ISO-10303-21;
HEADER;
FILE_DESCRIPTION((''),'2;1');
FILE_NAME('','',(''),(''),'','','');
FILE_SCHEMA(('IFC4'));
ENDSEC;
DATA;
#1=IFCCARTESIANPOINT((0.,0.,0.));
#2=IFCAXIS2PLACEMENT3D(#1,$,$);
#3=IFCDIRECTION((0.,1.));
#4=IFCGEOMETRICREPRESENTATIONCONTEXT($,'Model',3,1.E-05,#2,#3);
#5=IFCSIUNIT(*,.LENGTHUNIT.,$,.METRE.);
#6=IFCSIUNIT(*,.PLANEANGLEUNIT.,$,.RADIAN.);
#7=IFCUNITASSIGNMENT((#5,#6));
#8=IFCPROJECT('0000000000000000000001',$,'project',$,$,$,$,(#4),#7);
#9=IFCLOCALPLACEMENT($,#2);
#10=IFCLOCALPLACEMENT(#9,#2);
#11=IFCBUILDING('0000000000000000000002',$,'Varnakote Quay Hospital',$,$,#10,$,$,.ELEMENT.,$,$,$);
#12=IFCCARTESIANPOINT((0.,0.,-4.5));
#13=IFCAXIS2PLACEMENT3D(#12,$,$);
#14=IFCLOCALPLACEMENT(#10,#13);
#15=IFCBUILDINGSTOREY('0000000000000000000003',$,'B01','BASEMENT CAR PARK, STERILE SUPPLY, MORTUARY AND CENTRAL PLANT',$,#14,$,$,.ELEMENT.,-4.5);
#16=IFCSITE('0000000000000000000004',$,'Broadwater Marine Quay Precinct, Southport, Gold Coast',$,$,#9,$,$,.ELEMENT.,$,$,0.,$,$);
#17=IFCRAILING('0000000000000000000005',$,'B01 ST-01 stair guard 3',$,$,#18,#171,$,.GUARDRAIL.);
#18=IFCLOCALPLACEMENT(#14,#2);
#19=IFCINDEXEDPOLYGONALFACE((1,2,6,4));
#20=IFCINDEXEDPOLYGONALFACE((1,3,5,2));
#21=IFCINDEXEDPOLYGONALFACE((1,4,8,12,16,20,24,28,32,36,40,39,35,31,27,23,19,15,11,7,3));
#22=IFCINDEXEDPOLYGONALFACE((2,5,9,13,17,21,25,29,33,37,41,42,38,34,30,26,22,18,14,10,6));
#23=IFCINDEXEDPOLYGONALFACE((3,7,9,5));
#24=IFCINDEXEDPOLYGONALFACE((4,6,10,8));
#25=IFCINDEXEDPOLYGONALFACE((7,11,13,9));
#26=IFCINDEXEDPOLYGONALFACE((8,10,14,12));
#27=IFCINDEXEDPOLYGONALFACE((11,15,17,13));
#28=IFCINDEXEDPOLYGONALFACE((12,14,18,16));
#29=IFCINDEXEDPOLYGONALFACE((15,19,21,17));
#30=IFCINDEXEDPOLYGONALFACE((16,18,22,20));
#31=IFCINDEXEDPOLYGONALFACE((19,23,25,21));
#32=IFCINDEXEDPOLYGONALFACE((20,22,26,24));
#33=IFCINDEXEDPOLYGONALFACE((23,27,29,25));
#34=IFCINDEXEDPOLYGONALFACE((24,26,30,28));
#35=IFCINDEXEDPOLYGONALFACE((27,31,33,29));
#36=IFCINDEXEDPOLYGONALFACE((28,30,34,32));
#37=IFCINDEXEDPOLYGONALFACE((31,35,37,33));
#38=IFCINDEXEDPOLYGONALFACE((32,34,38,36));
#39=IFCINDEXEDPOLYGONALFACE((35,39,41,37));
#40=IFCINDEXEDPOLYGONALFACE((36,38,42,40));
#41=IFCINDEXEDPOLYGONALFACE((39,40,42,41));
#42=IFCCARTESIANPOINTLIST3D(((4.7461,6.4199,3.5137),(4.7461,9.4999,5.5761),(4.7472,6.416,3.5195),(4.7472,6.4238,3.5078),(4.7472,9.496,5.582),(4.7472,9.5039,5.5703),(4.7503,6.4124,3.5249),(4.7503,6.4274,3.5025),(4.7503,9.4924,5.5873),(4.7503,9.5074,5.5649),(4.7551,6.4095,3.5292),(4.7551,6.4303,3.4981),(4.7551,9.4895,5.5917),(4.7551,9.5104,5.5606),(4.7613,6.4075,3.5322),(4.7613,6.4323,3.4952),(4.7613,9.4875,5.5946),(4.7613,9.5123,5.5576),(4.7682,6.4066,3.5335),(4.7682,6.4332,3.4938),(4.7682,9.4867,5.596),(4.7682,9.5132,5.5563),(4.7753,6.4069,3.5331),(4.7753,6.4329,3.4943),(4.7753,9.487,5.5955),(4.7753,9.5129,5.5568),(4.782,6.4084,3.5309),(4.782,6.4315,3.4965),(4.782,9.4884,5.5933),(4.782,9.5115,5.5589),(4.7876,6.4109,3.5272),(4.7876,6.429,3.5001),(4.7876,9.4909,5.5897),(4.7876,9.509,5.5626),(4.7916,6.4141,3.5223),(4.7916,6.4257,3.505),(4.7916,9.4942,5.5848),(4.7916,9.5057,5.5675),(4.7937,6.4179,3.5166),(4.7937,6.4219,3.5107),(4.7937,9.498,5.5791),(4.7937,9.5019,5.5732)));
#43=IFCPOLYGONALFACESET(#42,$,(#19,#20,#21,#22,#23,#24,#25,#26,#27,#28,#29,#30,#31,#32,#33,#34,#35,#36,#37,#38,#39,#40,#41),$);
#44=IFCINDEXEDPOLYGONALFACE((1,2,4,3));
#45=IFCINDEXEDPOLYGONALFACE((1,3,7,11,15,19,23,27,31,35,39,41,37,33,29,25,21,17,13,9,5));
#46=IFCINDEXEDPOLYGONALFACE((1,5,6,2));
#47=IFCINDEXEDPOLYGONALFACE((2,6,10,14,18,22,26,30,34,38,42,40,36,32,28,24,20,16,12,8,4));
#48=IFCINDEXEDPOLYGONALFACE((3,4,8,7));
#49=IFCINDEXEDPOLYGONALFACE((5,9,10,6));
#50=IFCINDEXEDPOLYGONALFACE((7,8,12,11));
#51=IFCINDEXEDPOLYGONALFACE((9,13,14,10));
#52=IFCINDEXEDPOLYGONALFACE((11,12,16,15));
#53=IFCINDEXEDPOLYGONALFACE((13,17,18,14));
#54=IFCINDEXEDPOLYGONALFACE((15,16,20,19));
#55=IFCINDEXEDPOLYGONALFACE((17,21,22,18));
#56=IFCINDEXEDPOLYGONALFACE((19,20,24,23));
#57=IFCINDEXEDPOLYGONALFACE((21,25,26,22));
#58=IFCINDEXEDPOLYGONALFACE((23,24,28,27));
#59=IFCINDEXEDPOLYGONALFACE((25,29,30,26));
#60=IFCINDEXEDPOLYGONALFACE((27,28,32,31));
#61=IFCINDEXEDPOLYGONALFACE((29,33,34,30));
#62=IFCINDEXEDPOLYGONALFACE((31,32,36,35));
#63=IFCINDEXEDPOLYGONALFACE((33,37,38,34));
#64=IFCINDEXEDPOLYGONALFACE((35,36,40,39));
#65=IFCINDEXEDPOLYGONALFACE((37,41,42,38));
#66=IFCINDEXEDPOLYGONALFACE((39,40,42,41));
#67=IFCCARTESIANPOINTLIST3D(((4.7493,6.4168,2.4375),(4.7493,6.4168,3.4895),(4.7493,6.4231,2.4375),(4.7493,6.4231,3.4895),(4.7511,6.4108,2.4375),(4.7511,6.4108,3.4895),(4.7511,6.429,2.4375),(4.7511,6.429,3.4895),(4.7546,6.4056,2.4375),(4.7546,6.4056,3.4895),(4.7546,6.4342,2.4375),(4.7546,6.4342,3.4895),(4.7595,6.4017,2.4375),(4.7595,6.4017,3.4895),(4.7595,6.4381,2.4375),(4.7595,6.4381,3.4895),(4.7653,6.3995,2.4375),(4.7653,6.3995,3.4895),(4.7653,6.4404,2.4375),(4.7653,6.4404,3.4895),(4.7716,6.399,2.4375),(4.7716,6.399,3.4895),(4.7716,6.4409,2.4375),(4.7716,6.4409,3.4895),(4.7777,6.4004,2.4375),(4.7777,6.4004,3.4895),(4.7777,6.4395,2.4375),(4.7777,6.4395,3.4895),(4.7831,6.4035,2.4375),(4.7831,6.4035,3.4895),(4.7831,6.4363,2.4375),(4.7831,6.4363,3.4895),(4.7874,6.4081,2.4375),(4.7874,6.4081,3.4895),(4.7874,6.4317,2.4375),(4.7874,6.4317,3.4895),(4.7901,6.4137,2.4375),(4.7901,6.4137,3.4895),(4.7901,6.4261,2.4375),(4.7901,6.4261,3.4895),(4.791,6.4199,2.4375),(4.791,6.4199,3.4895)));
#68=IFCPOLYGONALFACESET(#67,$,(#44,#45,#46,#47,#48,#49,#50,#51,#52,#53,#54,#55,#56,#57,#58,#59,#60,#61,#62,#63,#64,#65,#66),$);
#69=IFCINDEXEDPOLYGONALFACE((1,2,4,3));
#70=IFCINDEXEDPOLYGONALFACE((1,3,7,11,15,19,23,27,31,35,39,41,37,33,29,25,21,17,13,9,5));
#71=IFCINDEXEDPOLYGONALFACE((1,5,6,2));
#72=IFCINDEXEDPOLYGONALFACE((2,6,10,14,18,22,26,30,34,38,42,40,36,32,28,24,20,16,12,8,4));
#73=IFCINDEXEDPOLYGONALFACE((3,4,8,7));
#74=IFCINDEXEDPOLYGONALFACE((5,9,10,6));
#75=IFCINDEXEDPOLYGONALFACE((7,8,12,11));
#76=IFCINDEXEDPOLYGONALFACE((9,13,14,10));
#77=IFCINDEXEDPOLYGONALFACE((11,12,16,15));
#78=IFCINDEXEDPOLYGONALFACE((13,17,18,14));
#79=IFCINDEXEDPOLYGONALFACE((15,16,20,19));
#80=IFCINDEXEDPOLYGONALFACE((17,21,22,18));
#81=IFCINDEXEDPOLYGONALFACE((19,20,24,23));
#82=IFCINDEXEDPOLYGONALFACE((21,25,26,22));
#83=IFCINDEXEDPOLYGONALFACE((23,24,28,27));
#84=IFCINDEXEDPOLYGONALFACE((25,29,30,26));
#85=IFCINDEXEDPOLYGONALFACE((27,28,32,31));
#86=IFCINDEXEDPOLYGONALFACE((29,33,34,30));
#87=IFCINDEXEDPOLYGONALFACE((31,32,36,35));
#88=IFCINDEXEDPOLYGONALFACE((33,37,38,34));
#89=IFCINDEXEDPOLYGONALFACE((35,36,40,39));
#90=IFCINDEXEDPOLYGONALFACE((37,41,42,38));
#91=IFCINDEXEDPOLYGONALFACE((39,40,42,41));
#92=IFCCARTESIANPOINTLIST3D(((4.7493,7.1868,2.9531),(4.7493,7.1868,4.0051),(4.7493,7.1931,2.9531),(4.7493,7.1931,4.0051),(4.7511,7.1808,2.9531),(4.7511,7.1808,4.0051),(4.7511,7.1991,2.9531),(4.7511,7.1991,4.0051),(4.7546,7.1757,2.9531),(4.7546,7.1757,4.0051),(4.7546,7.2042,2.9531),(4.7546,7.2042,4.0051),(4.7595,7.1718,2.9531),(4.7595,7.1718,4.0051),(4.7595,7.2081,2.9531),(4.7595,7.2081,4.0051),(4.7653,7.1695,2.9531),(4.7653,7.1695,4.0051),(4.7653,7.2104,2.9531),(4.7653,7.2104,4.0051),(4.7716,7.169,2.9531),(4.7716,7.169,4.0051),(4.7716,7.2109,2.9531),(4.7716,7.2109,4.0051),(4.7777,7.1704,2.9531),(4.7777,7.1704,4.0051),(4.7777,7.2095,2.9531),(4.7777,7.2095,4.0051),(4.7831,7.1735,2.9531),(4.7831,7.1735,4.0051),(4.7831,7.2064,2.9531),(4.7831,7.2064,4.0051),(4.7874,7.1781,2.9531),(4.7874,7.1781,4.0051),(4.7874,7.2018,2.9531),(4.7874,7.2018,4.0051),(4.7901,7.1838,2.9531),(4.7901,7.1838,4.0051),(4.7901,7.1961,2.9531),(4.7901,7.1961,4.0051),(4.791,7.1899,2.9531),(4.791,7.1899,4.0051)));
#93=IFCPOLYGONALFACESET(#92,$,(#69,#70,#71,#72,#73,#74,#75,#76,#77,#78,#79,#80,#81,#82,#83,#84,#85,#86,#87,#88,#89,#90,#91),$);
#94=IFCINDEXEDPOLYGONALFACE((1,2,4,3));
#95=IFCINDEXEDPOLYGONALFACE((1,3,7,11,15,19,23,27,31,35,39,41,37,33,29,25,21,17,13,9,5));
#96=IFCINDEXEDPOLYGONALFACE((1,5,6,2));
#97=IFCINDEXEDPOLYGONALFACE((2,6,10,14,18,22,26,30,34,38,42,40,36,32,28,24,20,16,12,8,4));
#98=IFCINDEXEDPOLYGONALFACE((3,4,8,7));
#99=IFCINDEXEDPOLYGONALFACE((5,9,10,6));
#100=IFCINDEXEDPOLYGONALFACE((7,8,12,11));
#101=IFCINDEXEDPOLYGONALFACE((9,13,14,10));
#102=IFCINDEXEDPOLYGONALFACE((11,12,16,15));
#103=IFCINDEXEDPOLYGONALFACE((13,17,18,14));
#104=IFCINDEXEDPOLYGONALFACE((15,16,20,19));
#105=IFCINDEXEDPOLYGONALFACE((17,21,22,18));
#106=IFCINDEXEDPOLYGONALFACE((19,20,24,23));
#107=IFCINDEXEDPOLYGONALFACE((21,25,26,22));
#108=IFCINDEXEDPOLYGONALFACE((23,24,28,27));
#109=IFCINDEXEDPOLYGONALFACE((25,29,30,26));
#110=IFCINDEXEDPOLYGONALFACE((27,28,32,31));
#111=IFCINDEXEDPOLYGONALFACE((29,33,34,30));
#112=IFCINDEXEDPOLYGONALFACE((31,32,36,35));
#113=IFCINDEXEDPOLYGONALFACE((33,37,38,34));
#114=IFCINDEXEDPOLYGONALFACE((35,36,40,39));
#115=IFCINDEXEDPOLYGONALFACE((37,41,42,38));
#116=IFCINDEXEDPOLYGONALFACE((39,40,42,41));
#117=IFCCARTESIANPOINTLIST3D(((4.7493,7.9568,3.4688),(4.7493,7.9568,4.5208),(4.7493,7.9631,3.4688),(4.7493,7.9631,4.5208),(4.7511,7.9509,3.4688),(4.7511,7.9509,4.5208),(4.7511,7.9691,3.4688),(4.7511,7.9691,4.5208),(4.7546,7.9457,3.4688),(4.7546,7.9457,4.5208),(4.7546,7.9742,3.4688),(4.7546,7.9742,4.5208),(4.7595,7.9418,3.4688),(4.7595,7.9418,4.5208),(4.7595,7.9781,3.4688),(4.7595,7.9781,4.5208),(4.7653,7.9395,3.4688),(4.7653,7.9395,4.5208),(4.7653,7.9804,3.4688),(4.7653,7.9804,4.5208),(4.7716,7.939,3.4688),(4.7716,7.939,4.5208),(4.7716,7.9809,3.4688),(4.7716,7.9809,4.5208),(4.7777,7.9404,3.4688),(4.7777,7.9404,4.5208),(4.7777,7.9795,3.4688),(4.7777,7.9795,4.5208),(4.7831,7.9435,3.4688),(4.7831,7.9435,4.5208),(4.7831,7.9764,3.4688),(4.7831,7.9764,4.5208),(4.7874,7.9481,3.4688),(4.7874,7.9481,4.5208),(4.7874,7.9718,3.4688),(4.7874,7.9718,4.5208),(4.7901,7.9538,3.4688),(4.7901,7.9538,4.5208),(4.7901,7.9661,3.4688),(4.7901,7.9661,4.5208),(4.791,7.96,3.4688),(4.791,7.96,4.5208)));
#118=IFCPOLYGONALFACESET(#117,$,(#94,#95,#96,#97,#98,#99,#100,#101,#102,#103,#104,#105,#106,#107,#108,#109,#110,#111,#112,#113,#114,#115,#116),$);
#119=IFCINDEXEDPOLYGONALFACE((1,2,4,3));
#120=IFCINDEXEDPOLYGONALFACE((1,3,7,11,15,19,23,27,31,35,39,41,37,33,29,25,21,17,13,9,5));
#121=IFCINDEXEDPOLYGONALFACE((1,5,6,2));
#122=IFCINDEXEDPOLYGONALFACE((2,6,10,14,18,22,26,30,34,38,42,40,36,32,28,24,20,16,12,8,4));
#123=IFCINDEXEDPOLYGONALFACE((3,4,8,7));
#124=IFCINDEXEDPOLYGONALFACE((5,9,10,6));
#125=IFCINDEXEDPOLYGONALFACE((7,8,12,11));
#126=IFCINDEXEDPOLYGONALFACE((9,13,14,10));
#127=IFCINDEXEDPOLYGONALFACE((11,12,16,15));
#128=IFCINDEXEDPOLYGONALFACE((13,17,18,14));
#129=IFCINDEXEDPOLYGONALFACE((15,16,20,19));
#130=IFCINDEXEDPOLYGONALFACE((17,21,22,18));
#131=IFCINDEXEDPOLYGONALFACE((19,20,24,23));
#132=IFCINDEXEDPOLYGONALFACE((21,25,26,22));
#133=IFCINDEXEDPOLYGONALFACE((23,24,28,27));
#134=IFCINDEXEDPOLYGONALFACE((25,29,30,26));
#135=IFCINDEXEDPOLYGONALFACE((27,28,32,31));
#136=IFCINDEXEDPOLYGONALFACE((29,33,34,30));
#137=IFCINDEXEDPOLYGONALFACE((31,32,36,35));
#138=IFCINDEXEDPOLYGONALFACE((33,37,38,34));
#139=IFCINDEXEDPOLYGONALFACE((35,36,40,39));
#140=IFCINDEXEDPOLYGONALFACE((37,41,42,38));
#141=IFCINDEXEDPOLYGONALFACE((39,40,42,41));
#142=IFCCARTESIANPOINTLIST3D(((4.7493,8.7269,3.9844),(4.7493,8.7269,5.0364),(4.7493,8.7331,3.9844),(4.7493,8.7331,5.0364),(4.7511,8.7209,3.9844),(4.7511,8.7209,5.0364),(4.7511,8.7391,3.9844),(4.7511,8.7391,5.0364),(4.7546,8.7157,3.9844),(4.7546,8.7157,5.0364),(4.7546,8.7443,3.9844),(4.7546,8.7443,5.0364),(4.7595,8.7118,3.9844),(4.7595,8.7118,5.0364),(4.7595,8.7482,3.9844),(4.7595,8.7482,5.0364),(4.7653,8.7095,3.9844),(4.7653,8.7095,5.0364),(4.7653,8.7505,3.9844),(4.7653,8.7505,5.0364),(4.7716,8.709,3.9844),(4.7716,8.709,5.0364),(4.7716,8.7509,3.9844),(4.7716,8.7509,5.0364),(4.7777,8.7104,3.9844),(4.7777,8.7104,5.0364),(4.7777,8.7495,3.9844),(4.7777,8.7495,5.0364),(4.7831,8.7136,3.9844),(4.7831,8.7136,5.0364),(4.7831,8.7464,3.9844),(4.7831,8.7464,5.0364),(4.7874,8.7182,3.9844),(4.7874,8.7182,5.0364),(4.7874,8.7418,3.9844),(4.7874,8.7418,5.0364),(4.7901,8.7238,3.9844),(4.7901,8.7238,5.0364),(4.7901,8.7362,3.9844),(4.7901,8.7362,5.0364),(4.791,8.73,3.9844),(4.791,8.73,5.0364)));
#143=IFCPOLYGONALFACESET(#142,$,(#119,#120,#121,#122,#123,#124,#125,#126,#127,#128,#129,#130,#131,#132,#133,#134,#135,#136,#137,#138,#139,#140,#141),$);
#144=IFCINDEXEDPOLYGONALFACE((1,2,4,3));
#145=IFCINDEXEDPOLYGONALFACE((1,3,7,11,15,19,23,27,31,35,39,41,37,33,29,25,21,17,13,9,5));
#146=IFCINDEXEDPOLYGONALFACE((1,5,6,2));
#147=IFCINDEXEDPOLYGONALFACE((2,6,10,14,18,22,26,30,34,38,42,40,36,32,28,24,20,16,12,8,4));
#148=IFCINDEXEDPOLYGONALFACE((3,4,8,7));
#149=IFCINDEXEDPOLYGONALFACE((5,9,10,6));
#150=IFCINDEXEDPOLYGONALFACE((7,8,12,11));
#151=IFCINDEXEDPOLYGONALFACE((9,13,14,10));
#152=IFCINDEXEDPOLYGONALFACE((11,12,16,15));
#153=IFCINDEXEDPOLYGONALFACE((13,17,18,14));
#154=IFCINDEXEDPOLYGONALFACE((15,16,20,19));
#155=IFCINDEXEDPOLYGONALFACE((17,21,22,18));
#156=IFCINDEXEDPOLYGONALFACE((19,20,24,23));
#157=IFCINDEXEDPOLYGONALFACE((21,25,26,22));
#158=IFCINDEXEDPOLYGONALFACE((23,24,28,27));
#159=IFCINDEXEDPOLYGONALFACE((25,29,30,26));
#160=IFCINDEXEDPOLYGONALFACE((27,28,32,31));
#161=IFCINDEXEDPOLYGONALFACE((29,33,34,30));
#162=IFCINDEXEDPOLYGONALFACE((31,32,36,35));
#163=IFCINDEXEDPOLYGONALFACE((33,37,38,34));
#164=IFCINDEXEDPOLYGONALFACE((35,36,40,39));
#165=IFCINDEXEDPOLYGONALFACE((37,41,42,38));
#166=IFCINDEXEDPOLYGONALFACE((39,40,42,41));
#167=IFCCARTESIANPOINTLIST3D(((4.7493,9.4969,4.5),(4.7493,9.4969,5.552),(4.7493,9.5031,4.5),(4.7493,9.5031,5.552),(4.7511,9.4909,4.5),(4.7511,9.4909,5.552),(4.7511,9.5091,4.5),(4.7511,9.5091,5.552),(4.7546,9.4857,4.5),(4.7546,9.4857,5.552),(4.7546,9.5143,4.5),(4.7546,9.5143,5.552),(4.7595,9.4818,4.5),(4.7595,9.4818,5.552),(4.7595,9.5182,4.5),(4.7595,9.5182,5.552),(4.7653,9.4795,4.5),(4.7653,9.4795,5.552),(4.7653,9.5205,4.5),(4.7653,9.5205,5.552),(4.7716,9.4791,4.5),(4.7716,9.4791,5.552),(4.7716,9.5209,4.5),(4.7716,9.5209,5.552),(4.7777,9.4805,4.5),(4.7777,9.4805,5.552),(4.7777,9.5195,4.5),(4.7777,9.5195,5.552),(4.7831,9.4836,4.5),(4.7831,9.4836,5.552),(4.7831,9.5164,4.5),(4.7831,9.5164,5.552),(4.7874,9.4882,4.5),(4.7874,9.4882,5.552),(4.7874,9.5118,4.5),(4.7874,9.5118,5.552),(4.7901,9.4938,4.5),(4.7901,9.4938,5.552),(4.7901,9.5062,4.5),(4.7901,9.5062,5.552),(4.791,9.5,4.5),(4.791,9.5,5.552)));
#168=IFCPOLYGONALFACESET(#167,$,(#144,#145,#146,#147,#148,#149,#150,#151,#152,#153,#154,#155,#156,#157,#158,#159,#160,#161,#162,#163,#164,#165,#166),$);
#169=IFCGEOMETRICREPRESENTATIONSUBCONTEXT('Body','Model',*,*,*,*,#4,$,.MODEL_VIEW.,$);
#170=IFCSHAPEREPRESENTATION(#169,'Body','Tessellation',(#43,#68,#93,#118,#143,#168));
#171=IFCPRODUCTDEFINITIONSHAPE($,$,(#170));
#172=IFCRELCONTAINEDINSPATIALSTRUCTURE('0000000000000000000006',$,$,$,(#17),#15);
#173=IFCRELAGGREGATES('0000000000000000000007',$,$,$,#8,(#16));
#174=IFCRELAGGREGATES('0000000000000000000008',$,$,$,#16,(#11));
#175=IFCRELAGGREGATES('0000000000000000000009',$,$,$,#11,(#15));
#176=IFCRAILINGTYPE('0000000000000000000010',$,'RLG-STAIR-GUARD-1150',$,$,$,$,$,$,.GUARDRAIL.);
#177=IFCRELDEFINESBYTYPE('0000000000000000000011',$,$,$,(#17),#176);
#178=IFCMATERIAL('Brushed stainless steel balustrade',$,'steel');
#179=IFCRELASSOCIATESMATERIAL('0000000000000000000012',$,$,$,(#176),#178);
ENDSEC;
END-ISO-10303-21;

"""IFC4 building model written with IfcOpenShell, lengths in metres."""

from ifc_helpers import new_model, si_unit, direction, frame, origin, origin_2d, place, context, subcontext, project, spatial, circle, extrude, material, type_object, element, save


model = new_model("IFC4")

# Units and contexts
model_context = context("Model", 3, precision=1e-05, world=origin(), true_north=direction((0.0, 1.0)))
body_context = subcontext(model_context, "Body", "Model", "MODEL_VIEW")
ifc_project = project(units=[si_unit("LENGTHUNIT", "METRE"), si_unit("PLANEANGLEUNIT", "RADIAN")], contexts=[model_context])

# Site, building, storey
site_placement = place(None, origin())
site = spatial("IfcSite", under=ifc_project, at=site_placement, Name="Broadwater Marine Quay Precinct, Southport, Gold Coast", CompositionType="ELEMENT", RefElevation=0.0)
building_placement = place(site_placement, origin())
building = spatial("IfcBuilding", under=site, at=building_placement, Name="Varnakote Quay Hospital", CompositionType="ELEMENT")
storey_placement = place(building_placement, frame((0.0, 0.0, -4.5)))
storey = spatial("IfcBuildingStorey", under=building, at=storey_placement, Name="B01", Description="BASEMENT CAR PARK, STERILE SUPPLY, MORTUARY AND CENTRAL PLANT", CompositionType="ELEMENT", Elevation=-4.5)

# Railing
ifc_material_1 = material(Name="Brushed stainless steel balustrade", Category="steel")
railing_type_1 = type_object("IfcRailingType", Name="RLG-STAIR-GUARD-1150", PredefinedType="GUARDRAIL", material=ifc_material_1)
railing_1_placement = place(storey_placement, frame((4.77, 6.4199, 2.4375)))
element("IfcRailing", 1, at=railing_1_placement, inside=storey, type_object=railing_type_1, Name="B01 ST-01 stair guard 3", PredefinedType="GUARDRAIL", context=body_context, shape_type="SweptSolid", body=[
    extrude(circle(Radius=0.0239, at=origin_2d()), frame((0.0, 0.0, 1.0762), z_axis=(0.0, 0.830914, 0.556401), x_axis=(-1.0, 0.0, 0.0)), (0.0, 0.0, 1.0), 3.7068),
    extrude(circle(Radius=0.021, at=origin_2d()), origin(), (0.0, 0.0, 1.0), 1.052),
    extrude(circle(Radius=0.021, at=origin_2d()), frame((0.0, 0.77, 0.5156)), (0.0, 0.0, 1.0), 1.052),
    extrude(circle(Radius=0.021, at=origin_2d()), frame((0.0, 1.54, 1.0312)), (0.0, 0.0, 1.0), 1.052),
    extrude(circle(Radius=0.021, at=origin_2d()), frame((0.0, 2.3101, 1.5469)), (0.0, 0.0, 1.0), 1.052),
    extrude(circle(Radius=0.021, at=origin_2d()), frame((0.0, 3.0801, 2.0625)), (0.0, 0.0, 1.0), 1.052),
])

save(model, "model.ifc")
